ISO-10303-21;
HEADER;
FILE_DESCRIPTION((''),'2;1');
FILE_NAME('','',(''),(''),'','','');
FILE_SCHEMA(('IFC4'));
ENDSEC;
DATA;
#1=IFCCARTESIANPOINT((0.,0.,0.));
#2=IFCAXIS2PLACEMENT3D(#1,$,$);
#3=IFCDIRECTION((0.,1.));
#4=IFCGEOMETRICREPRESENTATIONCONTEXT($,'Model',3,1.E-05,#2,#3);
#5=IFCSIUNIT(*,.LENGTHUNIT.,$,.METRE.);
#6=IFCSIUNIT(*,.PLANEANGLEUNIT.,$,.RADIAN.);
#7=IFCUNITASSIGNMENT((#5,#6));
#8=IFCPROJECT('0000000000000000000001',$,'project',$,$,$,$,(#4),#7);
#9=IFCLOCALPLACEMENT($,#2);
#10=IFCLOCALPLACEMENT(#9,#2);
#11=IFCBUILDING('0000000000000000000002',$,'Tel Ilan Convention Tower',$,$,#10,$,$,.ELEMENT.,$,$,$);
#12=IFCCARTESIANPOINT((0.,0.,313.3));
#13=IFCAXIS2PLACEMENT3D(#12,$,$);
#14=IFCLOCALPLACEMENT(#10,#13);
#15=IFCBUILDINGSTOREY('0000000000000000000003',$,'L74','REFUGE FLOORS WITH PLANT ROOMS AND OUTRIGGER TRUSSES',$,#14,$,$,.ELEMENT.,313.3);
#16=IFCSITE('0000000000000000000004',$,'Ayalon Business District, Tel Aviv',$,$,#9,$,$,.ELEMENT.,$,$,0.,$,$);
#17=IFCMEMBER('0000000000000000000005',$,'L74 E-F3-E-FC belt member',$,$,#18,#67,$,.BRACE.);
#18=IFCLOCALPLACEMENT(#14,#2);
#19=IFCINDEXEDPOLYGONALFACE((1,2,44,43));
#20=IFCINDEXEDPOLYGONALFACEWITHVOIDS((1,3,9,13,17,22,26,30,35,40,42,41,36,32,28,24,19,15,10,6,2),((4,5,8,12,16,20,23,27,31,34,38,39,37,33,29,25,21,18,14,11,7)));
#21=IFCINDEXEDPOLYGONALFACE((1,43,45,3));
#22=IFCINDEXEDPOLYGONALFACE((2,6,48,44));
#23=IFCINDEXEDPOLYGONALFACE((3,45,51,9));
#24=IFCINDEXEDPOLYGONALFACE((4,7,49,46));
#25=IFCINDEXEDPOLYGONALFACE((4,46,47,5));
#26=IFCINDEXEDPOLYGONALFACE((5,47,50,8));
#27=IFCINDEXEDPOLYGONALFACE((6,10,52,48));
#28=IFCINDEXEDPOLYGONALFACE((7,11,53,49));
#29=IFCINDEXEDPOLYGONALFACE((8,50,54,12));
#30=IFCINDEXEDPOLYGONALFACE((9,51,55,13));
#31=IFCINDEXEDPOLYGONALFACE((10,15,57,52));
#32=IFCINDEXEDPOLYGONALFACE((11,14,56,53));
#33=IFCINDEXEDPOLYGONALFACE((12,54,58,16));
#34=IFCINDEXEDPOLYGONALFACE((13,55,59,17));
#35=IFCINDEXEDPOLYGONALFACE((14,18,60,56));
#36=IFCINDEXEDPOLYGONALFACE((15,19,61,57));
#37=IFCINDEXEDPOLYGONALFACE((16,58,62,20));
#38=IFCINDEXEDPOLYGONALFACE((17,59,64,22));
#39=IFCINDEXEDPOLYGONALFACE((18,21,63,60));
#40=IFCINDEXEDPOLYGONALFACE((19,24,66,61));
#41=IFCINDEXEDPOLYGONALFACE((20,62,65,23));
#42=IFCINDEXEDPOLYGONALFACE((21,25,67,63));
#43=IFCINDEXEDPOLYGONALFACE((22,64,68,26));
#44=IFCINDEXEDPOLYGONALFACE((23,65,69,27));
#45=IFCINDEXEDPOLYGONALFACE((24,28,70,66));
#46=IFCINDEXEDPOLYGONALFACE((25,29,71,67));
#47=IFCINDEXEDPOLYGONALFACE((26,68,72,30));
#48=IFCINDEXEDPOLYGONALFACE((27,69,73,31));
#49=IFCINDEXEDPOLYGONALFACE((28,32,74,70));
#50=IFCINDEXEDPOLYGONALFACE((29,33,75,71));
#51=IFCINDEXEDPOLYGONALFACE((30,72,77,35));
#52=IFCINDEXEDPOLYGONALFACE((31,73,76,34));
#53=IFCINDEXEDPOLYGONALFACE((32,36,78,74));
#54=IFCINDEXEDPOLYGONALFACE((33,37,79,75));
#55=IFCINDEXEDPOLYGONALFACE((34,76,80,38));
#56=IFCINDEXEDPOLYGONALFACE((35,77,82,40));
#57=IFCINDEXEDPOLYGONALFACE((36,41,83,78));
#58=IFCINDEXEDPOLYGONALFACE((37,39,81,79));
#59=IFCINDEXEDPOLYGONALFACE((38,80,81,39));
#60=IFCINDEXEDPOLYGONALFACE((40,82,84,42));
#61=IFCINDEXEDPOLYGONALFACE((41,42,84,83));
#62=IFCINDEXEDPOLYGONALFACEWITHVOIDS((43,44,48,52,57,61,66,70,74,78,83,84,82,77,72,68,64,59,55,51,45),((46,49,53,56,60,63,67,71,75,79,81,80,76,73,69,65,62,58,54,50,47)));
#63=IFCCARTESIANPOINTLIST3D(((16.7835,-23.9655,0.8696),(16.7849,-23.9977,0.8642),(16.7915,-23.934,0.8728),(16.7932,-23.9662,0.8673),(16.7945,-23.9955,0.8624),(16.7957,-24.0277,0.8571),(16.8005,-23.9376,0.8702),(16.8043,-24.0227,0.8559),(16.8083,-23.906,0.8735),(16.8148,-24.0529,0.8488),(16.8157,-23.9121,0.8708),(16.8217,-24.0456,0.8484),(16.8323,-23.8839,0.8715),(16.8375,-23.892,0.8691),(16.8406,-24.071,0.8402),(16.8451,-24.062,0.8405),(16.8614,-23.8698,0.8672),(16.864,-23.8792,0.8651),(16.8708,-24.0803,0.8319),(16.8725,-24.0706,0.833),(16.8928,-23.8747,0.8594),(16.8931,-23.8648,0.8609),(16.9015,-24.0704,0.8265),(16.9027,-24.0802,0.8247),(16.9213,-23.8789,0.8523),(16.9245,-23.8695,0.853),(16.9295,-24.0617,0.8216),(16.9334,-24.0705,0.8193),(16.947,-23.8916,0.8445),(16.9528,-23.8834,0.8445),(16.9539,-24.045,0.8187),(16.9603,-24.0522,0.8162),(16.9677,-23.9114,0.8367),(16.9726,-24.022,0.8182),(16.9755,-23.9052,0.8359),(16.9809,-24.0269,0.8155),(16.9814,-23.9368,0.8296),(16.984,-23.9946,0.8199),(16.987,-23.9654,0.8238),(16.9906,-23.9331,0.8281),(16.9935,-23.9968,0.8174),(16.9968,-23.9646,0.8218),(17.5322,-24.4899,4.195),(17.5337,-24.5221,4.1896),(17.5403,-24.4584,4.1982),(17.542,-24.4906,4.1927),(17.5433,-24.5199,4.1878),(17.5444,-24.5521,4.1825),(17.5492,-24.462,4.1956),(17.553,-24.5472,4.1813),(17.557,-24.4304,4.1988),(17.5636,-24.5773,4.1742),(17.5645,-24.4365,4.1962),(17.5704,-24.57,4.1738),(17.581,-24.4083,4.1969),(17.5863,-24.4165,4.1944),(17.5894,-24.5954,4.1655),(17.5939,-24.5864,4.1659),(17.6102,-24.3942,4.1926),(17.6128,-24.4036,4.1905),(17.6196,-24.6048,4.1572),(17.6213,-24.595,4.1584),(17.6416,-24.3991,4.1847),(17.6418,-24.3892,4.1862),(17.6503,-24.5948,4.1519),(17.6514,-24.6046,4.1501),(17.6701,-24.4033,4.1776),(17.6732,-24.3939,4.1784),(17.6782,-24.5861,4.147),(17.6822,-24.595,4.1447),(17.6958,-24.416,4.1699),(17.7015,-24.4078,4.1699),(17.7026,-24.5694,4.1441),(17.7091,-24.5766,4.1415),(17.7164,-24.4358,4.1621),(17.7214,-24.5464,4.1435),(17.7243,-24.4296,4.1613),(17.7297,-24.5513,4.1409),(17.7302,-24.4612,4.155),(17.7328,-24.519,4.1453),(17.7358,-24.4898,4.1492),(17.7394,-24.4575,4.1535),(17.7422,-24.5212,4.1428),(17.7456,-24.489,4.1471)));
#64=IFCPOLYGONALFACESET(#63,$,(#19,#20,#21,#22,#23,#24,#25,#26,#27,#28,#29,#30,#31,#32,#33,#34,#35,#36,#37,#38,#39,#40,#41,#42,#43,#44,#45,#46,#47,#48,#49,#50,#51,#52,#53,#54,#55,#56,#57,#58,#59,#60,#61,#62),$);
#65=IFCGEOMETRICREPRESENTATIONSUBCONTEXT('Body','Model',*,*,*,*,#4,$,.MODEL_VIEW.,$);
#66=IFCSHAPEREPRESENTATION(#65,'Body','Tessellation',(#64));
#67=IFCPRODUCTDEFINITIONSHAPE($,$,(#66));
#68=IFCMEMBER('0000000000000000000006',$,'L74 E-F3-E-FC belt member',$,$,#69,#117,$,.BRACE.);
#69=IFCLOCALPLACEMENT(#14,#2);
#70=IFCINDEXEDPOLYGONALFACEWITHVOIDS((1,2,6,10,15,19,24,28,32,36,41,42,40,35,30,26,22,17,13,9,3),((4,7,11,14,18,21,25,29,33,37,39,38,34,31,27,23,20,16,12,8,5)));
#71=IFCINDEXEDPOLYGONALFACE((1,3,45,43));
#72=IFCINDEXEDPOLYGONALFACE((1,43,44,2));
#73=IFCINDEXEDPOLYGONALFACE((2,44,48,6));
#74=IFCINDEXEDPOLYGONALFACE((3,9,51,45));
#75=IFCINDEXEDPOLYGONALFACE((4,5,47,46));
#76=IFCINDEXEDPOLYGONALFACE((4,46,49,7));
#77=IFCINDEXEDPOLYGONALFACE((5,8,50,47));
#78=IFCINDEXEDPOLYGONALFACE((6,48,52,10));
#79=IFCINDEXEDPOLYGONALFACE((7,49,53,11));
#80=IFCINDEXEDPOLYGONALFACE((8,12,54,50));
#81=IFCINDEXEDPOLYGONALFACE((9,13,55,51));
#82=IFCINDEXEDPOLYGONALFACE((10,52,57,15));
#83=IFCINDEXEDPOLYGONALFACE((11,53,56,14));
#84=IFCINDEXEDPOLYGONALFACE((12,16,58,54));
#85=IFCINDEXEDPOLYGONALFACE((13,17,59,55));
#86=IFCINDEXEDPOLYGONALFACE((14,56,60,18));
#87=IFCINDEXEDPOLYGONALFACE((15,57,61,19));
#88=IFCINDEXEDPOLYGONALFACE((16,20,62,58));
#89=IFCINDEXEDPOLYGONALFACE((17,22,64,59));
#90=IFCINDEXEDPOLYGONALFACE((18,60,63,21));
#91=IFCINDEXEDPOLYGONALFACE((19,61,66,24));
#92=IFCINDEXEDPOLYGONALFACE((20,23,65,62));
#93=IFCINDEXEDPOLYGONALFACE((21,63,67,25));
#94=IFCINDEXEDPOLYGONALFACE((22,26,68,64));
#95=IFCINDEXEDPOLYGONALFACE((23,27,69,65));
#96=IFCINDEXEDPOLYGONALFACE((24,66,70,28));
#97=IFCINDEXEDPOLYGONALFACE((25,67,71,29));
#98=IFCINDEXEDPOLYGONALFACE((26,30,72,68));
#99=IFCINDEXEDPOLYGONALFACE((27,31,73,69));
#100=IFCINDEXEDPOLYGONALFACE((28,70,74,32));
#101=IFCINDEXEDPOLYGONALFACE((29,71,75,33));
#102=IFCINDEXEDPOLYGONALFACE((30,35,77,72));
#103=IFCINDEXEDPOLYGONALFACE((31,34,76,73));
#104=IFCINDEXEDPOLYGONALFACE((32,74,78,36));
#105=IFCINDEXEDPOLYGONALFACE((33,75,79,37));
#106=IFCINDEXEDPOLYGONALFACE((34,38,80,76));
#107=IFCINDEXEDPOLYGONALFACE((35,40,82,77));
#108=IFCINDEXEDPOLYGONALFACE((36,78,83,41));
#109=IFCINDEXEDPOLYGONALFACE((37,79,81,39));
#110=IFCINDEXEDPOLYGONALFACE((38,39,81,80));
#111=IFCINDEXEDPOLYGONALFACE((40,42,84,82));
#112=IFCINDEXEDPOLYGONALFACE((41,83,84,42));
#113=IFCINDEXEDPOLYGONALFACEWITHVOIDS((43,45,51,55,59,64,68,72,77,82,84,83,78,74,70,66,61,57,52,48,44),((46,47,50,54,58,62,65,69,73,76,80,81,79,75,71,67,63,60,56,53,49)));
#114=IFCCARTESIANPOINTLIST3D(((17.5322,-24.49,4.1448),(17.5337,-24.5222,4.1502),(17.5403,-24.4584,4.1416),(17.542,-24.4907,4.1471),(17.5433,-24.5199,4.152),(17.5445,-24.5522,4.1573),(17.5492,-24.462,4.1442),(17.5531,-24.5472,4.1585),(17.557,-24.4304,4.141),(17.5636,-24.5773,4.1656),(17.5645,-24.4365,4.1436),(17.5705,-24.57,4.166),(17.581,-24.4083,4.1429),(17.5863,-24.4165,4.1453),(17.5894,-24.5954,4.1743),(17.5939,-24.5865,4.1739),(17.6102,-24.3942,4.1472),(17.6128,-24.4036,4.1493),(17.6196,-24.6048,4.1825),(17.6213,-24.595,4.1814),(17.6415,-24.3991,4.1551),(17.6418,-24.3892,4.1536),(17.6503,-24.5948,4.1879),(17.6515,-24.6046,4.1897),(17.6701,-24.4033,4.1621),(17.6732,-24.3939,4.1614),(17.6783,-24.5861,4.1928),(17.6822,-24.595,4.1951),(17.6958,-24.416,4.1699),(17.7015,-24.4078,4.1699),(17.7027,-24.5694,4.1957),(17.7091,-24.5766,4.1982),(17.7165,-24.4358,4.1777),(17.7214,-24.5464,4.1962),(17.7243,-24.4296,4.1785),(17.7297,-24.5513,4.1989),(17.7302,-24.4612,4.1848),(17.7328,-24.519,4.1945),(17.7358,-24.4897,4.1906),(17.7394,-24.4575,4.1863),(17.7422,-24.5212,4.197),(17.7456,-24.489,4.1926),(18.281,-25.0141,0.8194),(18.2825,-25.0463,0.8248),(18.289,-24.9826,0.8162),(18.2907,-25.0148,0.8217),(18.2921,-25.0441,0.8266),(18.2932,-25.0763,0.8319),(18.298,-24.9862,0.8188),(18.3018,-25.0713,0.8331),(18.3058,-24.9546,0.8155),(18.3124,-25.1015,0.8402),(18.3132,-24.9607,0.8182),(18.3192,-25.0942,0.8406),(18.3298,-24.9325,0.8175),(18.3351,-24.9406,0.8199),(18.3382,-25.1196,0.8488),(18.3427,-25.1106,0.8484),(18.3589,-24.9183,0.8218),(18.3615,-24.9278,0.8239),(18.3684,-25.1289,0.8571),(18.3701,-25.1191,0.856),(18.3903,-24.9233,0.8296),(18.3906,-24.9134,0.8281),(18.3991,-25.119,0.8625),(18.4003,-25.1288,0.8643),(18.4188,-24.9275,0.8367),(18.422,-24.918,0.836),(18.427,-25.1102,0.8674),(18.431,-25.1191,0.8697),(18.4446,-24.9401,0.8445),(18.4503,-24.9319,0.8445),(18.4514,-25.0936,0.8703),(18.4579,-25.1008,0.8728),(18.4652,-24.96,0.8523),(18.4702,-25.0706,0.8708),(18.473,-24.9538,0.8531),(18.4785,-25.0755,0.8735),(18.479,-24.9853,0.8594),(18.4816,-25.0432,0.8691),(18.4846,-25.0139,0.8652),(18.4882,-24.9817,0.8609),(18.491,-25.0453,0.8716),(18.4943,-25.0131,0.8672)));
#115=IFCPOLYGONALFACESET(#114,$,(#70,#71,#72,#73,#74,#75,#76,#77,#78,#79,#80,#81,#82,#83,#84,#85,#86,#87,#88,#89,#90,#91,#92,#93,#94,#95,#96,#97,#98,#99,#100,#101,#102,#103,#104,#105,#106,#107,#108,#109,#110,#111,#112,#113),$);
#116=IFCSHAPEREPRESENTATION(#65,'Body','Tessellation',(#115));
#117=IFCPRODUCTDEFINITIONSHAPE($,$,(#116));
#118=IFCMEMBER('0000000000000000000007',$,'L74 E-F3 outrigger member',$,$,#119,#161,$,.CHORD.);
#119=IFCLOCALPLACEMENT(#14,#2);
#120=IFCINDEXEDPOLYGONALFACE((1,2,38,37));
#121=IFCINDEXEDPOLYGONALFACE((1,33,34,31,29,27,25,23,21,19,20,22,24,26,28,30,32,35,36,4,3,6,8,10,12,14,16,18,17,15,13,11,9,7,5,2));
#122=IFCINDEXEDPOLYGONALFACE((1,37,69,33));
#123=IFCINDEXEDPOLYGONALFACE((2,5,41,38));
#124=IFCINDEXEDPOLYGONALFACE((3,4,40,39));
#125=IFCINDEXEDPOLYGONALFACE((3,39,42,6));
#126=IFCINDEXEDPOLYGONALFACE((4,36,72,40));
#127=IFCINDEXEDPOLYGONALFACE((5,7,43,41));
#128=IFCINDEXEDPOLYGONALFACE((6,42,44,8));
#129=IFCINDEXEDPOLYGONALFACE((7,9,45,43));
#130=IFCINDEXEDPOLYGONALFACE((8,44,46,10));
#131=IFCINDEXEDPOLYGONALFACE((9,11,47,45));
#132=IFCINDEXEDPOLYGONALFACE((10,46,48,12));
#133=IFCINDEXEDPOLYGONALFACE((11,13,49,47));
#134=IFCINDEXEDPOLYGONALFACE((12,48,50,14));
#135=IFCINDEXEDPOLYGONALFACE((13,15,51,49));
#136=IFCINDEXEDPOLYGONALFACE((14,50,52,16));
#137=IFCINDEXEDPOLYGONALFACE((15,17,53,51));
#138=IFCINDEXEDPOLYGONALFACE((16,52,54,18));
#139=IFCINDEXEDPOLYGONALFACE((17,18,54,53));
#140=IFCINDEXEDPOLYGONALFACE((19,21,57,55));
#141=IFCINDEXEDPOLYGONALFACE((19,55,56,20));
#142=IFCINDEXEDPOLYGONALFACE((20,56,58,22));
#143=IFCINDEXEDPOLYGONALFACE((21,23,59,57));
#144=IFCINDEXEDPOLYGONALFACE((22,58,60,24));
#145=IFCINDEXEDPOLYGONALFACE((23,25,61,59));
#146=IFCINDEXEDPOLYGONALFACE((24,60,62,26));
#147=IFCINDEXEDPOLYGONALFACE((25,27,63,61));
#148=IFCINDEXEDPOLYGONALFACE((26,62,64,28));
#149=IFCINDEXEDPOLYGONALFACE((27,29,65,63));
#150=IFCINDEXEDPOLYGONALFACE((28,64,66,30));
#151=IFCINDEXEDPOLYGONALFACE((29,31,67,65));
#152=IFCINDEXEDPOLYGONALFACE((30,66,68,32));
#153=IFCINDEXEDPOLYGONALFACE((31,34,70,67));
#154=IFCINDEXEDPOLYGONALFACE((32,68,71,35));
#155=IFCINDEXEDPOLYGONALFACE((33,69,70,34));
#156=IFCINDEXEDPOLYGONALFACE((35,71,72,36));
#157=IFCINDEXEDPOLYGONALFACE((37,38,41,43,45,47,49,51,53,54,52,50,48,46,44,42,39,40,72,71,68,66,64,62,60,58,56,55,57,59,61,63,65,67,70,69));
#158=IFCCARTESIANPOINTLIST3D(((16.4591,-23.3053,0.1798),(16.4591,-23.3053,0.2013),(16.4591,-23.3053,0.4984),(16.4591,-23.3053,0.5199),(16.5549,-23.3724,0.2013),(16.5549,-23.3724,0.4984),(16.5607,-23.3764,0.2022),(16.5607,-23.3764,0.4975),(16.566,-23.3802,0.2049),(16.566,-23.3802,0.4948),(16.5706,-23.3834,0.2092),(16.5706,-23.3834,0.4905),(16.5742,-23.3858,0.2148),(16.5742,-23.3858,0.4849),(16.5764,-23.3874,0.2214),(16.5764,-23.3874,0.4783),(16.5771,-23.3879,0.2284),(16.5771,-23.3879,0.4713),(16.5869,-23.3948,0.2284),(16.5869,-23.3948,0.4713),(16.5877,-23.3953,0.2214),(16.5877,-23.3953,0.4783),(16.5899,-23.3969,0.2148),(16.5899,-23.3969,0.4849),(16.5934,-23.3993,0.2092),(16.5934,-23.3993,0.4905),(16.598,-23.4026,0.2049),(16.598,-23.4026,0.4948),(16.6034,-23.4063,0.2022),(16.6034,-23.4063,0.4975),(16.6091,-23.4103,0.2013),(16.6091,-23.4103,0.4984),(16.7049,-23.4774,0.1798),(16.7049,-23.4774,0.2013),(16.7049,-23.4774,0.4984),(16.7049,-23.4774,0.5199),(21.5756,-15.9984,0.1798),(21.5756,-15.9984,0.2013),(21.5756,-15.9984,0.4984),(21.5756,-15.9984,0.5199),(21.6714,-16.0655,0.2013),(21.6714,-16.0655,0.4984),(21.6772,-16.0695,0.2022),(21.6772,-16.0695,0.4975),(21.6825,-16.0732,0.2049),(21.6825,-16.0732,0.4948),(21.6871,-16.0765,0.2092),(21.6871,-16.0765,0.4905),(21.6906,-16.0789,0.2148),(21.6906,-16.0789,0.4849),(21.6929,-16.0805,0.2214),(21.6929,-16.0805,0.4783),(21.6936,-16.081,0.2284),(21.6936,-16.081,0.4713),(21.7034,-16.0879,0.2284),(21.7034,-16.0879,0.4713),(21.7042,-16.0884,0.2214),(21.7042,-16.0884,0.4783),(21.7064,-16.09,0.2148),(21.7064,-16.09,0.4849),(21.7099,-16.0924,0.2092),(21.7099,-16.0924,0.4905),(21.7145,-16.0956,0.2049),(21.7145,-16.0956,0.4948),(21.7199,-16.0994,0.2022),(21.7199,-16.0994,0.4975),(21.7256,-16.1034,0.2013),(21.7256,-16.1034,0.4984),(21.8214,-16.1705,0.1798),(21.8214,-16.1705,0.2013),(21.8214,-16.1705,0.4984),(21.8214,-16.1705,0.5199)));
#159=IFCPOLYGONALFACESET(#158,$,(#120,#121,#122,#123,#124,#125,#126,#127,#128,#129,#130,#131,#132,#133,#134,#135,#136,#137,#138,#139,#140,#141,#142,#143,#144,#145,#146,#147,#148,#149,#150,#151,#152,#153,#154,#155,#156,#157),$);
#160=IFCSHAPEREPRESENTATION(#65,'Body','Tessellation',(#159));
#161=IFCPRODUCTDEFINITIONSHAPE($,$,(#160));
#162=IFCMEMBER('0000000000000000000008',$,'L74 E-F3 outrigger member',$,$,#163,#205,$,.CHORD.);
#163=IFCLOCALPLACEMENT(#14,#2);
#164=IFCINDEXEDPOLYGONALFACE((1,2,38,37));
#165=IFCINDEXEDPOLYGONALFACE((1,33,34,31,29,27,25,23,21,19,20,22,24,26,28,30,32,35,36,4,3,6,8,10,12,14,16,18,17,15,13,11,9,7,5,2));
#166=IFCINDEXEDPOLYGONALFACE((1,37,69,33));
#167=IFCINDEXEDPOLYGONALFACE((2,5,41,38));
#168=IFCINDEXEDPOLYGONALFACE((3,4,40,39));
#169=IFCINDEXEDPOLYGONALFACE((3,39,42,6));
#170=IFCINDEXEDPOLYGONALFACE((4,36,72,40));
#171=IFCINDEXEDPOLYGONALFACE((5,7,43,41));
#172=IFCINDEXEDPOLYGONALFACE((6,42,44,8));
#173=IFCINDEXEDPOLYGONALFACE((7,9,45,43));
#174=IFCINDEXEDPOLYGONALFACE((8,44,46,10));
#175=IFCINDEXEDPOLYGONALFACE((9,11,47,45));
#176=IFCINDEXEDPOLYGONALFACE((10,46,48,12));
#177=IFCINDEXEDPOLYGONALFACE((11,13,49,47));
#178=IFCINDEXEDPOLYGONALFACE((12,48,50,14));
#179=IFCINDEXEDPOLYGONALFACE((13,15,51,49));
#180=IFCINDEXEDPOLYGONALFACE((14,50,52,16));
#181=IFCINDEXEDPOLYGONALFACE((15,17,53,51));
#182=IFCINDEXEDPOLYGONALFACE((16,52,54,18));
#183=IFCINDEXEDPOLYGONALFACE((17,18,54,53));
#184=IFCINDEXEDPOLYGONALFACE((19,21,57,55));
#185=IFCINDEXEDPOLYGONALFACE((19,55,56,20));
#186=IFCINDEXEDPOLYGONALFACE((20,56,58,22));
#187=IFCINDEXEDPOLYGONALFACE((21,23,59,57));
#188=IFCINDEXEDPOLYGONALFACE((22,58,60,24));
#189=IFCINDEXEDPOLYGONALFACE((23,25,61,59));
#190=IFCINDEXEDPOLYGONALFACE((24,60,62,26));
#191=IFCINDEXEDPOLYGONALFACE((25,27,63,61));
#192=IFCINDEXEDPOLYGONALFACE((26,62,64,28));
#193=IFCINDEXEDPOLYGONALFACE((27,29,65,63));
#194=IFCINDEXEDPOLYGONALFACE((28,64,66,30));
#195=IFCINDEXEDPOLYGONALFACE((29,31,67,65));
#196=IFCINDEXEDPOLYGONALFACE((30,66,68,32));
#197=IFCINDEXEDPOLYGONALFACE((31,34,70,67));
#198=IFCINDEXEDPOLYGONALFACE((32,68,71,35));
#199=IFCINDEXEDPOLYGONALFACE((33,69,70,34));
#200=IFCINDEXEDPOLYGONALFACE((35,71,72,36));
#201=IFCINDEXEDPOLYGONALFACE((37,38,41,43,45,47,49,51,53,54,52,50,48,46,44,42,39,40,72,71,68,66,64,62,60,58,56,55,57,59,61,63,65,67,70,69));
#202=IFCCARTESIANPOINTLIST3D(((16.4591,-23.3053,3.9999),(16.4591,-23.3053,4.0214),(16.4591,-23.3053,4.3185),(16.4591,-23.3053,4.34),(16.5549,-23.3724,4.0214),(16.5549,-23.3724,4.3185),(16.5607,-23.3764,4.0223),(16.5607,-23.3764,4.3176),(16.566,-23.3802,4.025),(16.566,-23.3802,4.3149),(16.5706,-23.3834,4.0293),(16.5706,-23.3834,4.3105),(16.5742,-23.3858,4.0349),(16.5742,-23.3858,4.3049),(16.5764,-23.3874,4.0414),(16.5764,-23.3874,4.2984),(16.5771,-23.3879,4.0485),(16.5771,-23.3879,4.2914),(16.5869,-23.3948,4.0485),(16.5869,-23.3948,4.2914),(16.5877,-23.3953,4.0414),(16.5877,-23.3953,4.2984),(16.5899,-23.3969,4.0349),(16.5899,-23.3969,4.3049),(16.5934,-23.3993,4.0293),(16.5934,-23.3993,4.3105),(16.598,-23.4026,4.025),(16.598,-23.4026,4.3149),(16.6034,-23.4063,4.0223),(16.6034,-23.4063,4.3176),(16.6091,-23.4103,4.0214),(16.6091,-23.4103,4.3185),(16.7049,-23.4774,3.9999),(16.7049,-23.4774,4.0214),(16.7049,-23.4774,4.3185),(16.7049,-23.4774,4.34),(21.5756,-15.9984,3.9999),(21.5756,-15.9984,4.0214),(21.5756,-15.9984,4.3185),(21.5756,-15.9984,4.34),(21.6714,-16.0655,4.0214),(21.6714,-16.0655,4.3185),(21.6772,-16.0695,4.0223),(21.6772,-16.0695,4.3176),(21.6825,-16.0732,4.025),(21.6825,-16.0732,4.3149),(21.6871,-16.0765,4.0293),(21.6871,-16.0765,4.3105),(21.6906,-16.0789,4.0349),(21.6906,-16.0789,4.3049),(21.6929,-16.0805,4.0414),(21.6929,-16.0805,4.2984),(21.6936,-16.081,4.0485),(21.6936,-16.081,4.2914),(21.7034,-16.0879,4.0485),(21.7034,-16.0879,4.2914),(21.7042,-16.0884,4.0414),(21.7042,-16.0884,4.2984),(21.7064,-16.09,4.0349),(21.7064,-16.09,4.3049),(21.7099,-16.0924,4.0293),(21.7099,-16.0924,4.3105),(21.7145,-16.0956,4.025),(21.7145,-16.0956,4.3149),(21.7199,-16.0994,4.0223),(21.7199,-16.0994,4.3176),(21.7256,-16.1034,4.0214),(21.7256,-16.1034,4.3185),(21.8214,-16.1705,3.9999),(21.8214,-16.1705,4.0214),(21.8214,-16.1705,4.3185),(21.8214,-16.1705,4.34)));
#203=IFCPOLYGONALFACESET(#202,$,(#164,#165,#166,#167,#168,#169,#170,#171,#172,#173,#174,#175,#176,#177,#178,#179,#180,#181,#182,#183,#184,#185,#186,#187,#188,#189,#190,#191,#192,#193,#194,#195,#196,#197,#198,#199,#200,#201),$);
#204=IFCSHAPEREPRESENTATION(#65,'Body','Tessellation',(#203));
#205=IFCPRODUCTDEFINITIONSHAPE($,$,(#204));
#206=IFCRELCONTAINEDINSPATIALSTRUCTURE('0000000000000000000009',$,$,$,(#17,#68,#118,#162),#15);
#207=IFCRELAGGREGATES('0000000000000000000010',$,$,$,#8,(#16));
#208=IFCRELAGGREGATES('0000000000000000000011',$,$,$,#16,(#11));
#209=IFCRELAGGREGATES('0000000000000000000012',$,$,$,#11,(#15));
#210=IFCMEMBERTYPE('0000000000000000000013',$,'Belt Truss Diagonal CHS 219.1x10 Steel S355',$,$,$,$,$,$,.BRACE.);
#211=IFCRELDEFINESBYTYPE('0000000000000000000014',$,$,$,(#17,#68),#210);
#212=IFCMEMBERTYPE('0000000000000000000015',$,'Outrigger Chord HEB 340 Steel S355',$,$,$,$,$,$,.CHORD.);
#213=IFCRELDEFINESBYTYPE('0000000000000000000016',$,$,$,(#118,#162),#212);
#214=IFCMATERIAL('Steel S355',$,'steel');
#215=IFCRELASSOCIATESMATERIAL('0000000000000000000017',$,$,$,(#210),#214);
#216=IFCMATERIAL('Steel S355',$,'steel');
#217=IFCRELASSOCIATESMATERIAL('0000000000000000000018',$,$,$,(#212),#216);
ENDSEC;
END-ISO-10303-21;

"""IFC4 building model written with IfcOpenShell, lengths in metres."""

from ifc_helpers import new_model, si_unit, direction, frame, origin, origin_2d, place, context, subcontext, project, spatial, hollow_circle, i_section, extrude, material, material_profile, profile_set, type_object, element, save


model = new_model("IFC4")

# Units and contexts
model_context = context("Model", 3, precision=1e-05, world=origin(), true_north=direction((0.0, 1.0)))
body_context = subcontext(model_context, "Body", "Model", "MODEL_VIEW")
ifc_project = project(units=[si_unit("LENGTHUNIT", "METRE"), si_unit("PLANEANGLEUNIT", "RADIAN")], contexts=[model_context])

# Site, building, storey
site_placement = place(None, origin())
site = spatial("IfcSite", under=ifc_project, at=site_placement, Name="Ayalon Business District, Tel Aviv", CompositionType="ELEMENT", RefElevation=0.0)
building_placement = place(site_placement, origin())
building = spatial("IfcBuilding", under=site, at=building_placement, Name="Tel Ilan Convention Tower", CompositionType="ELEMENT")
storey_placement = place(building_placement, frame((0.0, 0.0, 313.3)))
storey = spatial("IfcBuildingStorey", under=building, at=storey_placement, Name="L74", Description="REFUGE FLOORS WITH PLANT ROOMS AND OUTRIGGER TRUSSES", CompositionType="ELEMENT", Elevation=313.3)

# Members
ifc_material_1 = material(Name="Steel S355", Category="steel")
ifc_material_profile_1 = material_profile(ifc_material_1, hollow_circle(Radius=0.1096, WallThickness=0.01, at=origin_2d()), Name="CHS 219.1x10")
ifc_profile_set_1 = profile_set([ifc_material_profile_1], Name="Steel S355")
member_type_1 = type_object("IfcMemberType", Name="Belt Truss Diagonal CHS 219.1x10 Steel S355", PredefinedType="BRACE", material=ifc_profile_set_1)
for number, where, z_axis, x_axis, name in (
    (1, (16.8899, -23.9731, 0.8445), (0.217113, -0.152057, 0.964231), (0.573659, 0.819094, 0.0), "L74 E-F3-E-FC belt member"),
    (2, (17.6387, -24.4976, 4.1699), (0.217115, -0.151988, -0.964241), (0.57348, 0.819219, 0.0), "L74 E-F3-E-FC belt member"),
):
    element("IfcMember", number, at=place(storey_placement, frame(where, z_axis=z_axis, x_axis=x_axis)), inside=storey, type_object=member_type_1, Name=name, PredefinedType="BRACE", context=body_context, shape_type="SweptSolid", body=[
        extrude(hollow_circle(Radius=0.1096, WallThickness=0.01, at=origin_2d()), origin(), (0.0, 0.0, 1.0), 3.4487),
    ])
ifc_material_2 = material(Name="Steel S355", Category="steel")
ifc_material_profile_2 = material_profile(ifc_material_2, i_section(OverallWidth=0.3, OverallDepth=0.3401, WebThickness=0.012, FlangeThickness=0.0215, FilletRadius=0.0271, at=origin_2d()), Name="HEB 340")
ifc_profile_set_2 = profile_set([ifc_material_profile_2], Name="Steel S355")
member_type_2 = type_object("IfcMemberType", Name="Outrigger Chord HEB 340 Steel S355", PredefinedType="CHORD", material=ifc_profile_set_2)
for number, where, z_axis, x_axis, name in (
    (3, (16.582, -23.3914, 0.3499), (0.573585, 0.819146, 0.0), (-0.819146, 0.573585, 0.0), "L74 E-F3 outrigger member"),
    (4, (16.582, -23.3914, 4.1699), (0.573585, 0.819146, 0.0), (-0.819146, 0.573585, 0.0), "L74 E-F3 outrigger member"),
):
    element("IfcMember", number, at=place(storey_placement, frame(where, z_axis=z_axis, x_axis=x_axis)), inside=storey, type_object=member_type_2, Name=name, PredefinedType="CHORD", context=body_context, shape_type="SweptSolid", body=[
        extrude(i_section(OverallWidth=0.3, OverallDepth=0.3401, WebThickness=0.012, FlangeThickness=0.0215, FilletRadius=0.0271, at=origin_2d()), origin(), (0.0, 0.0, 1.0), 8.9202),
    ])

save(model, "model.ifc")
